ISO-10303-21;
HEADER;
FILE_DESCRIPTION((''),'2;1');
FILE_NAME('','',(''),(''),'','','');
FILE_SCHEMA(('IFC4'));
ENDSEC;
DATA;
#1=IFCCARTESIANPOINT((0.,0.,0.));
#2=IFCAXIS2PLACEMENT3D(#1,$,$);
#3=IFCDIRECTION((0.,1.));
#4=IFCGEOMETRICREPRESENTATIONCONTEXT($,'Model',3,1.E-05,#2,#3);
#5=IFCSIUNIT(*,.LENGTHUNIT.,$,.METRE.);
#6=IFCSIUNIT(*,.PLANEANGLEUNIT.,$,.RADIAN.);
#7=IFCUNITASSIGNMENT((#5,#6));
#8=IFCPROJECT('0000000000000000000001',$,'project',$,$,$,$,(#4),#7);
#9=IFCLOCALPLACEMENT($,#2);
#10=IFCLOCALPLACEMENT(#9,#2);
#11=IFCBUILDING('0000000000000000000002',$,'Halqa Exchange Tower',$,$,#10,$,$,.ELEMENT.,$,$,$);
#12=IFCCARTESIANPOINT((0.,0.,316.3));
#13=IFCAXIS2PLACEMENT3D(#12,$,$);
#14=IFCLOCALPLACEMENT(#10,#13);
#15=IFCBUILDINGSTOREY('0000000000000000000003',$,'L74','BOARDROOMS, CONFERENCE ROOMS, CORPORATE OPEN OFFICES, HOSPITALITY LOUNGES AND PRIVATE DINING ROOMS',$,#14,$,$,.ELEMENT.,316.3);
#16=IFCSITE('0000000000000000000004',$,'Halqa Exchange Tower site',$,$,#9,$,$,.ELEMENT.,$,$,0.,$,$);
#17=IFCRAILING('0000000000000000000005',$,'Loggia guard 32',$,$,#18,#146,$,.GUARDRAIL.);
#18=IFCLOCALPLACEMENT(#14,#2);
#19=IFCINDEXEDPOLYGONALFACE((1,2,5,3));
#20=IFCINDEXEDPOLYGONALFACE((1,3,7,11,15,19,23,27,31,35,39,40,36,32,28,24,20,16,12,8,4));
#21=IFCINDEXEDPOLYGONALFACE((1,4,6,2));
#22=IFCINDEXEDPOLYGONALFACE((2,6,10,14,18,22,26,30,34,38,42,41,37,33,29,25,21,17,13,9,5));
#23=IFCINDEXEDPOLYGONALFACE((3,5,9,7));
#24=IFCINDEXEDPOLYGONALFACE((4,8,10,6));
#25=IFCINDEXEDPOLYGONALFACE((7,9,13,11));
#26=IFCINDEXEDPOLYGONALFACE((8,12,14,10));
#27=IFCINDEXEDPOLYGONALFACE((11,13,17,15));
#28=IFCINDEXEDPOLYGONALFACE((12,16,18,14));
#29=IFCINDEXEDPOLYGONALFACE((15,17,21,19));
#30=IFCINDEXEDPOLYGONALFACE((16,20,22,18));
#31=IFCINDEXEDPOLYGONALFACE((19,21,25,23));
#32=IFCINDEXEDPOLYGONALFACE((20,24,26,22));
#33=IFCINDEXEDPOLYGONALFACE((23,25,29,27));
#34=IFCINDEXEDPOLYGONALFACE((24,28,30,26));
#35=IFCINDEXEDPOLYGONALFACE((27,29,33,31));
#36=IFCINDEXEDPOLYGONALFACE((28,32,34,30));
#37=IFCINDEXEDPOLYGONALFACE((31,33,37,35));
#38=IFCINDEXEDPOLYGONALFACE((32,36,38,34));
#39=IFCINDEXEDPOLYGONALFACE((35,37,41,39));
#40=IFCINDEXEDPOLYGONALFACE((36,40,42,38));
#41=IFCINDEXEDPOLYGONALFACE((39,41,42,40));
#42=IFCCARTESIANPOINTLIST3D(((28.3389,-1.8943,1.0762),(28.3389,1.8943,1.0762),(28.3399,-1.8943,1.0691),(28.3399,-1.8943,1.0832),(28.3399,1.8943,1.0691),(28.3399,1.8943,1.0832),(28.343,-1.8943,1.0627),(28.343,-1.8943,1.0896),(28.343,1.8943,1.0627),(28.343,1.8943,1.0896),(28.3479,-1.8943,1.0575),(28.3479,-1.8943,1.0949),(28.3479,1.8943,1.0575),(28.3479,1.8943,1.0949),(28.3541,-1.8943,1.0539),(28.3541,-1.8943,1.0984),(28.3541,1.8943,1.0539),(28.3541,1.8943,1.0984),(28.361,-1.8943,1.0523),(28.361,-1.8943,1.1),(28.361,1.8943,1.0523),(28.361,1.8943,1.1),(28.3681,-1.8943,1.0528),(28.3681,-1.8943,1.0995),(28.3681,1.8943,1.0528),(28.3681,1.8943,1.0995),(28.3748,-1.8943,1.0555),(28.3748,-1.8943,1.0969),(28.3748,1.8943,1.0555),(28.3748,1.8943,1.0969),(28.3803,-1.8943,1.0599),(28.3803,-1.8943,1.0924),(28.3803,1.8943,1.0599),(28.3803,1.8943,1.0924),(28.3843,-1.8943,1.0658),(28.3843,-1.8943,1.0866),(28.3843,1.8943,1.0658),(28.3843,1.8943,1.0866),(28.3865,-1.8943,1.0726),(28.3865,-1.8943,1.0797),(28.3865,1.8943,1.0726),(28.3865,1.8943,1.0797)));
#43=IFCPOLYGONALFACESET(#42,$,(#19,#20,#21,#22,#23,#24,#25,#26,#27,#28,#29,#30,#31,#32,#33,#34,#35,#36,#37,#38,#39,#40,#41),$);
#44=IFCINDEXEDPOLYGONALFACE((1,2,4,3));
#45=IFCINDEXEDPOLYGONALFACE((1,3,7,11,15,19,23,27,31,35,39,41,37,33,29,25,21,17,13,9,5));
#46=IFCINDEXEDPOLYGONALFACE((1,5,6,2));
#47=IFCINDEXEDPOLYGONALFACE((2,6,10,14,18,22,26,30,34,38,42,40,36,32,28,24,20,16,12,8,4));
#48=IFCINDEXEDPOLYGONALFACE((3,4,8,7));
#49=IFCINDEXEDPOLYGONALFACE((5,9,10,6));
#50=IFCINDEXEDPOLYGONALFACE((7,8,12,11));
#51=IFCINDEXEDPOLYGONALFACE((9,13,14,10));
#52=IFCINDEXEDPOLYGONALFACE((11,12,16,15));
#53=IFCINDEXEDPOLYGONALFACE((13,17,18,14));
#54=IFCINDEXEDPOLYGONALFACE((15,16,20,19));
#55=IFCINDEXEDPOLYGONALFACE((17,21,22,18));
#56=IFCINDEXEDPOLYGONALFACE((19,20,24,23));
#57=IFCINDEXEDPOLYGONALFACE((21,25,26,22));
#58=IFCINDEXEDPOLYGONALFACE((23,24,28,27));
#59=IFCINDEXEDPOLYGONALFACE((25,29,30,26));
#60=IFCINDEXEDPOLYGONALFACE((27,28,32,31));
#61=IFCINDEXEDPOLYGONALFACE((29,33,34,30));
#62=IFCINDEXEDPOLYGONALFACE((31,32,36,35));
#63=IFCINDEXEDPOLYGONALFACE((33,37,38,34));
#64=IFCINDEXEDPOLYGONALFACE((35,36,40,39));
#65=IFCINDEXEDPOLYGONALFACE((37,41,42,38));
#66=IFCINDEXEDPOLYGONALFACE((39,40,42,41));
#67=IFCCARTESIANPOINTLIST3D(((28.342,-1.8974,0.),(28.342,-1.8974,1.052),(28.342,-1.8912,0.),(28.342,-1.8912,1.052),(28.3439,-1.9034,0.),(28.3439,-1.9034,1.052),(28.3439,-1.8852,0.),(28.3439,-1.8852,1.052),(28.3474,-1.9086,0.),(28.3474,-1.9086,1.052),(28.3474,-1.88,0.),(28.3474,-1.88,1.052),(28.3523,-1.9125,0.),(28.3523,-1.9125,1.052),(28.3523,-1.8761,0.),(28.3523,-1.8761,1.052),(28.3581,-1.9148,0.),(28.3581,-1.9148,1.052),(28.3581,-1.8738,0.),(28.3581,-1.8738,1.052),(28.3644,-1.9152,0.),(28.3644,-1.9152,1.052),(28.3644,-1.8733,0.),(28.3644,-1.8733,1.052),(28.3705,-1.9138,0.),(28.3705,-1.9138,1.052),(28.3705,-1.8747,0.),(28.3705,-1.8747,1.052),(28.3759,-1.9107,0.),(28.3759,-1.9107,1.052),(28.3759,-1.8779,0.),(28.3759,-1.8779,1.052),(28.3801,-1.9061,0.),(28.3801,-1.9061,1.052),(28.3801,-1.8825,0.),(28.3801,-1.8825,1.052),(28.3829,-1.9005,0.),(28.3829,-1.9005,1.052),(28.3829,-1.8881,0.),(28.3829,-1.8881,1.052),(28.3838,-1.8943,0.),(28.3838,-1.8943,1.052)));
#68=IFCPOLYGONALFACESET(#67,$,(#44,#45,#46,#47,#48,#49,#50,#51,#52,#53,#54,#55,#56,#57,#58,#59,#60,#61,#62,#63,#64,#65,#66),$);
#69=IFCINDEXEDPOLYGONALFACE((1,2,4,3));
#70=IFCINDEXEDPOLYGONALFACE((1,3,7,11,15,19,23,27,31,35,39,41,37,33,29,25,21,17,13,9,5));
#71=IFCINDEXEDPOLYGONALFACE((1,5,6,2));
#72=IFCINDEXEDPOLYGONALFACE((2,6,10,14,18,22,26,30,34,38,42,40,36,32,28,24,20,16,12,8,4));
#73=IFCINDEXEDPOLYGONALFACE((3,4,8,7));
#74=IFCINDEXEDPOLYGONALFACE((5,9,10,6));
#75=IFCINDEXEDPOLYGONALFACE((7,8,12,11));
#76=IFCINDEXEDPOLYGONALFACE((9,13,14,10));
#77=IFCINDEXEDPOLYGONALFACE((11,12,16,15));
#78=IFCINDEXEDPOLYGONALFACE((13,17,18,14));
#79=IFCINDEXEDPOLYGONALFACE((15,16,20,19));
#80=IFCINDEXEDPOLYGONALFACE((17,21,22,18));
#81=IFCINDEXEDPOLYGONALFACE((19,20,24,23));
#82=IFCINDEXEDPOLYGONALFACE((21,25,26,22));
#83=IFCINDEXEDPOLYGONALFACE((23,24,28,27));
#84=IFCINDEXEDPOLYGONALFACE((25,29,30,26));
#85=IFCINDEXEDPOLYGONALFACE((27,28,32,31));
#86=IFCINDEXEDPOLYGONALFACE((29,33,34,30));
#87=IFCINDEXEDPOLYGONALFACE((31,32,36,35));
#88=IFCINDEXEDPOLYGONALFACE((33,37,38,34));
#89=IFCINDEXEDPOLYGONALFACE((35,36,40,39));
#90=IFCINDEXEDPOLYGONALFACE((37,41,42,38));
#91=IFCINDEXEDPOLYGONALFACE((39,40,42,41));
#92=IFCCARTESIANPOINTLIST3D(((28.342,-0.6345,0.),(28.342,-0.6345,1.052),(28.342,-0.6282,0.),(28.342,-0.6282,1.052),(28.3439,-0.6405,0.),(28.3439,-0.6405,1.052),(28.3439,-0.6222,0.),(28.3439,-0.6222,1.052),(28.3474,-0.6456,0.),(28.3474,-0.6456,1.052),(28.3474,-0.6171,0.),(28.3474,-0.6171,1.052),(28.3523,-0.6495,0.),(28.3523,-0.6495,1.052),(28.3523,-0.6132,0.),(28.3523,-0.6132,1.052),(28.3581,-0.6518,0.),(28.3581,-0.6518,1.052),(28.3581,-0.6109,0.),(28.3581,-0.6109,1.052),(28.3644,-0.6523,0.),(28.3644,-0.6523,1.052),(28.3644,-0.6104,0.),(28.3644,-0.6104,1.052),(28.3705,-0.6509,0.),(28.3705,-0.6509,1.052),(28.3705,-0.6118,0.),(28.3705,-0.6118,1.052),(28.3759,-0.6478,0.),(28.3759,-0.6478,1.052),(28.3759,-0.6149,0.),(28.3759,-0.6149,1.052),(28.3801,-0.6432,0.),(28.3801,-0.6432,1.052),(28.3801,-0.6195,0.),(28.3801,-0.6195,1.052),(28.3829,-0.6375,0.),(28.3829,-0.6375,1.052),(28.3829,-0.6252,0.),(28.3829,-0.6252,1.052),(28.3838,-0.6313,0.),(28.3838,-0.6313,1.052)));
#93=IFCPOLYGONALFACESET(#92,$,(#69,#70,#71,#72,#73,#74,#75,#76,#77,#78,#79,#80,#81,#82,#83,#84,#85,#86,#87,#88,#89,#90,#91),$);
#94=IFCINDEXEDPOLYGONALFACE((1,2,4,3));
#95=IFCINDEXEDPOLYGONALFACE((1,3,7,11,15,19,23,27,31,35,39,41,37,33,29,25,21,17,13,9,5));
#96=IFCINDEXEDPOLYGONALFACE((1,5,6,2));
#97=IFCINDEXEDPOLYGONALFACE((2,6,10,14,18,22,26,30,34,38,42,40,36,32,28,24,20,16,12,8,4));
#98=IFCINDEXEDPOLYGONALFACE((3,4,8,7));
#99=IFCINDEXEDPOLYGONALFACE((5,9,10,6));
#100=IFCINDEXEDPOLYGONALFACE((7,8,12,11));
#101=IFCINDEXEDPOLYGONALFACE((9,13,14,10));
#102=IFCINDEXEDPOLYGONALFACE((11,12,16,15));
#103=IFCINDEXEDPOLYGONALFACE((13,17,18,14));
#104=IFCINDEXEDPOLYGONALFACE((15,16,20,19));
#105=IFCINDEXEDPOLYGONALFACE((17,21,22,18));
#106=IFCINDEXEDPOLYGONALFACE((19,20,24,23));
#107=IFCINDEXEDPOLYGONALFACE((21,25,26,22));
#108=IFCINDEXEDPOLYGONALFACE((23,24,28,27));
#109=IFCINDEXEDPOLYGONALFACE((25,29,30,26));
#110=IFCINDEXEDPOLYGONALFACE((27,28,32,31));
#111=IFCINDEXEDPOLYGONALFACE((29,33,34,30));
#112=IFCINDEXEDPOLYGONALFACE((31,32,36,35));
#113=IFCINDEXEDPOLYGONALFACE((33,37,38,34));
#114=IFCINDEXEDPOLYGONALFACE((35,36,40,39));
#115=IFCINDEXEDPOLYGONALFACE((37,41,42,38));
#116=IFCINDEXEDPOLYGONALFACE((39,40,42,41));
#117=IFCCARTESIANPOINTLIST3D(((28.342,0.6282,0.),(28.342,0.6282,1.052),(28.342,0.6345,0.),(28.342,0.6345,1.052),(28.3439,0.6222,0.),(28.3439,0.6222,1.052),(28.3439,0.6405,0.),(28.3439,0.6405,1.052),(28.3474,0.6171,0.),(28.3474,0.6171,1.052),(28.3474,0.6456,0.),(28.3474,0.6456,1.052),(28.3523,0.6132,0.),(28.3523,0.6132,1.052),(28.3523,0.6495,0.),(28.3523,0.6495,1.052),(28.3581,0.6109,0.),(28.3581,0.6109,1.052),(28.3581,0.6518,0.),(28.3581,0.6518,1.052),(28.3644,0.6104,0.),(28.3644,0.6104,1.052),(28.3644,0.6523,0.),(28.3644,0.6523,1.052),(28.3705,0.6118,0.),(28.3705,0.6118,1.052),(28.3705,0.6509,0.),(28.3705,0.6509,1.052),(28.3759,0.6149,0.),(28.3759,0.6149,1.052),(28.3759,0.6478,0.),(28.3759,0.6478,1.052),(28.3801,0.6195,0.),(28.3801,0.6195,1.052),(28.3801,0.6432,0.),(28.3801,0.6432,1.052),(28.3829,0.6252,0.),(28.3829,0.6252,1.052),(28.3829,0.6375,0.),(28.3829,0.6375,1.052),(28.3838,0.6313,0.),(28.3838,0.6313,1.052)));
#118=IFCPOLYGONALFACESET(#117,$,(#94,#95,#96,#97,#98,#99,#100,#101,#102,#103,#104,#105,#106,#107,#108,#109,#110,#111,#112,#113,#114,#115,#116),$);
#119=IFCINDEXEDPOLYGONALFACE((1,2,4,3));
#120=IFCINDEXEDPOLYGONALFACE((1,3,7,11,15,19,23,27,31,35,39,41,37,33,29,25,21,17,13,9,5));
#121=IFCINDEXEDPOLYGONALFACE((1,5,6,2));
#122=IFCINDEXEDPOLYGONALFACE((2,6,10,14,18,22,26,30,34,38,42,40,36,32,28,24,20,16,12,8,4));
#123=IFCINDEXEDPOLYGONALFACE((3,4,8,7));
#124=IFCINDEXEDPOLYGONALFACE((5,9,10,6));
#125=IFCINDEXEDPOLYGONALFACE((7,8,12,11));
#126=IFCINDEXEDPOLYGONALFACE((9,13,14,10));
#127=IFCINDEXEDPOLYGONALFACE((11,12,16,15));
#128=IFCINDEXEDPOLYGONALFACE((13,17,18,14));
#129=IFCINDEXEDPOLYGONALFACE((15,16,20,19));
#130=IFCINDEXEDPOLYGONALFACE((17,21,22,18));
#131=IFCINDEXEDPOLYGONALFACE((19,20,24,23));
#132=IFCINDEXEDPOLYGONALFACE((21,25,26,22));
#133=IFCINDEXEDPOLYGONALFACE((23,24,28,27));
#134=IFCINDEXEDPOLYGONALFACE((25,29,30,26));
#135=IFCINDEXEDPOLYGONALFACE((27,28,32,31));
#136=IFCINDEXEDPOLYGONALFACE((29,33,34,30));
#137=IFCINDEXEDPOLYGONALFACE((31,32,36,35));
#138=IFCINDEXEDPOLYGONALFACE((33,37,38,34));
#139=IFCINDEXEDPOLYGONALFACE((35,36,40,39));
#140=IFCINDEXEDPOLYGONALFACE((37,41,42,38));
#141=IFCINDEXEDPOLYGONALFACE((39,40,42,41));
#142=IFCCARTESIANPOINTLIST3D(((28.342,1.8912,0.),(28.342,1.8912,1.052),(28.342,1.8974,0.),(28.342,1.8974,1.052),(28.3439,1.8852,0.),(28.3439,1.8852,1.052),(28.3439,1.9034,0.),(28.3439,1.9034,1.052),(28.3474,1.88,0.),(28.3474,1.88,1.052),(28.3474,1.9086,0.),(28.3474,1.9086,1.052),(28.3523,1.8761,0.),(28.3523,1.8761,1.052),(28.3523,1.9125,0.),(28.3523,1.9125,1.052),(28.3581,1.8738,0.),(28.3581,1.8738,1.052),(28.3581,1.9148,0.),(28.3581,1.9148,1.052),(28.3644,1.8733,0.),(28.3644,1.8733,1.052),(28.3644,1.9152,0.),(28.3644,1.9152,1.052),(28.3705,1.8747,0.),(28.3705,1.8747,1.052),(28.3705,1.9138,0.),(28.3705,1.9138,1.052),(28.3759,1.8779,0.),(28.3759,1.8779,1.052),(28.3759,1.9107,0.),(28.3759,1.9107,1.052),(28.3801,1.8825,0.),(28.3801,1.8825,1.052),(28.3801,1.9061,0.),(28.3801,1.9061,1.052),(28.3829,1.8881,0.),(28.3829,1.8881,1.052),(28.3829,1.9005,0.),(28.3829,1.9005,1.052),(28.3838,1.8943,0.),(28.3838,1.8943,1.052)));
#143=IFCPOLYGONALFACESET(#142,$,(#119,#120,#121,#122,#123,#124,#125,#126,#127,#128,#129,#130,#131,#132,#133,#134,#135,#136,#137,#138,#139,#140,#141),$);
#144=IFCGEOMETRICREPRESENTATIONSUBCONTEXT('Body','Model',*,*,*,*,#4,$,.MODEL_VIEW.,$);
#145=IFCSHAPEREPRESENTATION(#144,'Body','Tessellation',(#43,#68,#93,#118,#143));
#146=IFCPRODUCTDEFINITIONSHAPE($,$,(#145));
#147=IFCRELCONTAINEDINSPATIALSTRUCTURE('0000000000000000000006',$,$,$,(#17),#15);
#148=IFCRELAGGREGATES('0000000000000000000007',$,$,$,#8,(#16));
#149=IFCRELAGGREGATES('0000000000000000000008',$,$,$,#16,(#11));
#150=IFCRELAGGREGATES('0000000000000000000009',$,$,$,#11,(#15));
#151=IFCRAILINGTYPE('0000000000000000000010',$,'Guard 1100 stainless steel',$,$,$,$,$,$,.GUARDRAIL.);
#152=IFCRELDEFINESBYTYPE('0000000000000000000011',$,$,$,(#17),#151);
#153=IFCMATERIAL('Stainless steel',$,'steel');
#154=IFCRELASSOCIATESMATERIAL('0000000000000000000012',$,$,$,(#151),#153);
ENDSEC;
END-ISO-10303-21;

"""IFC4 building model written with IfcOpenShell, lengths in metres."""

from ifc_helpers import new_model, si_unit, direction, frame, origin, origin_2d, place, context, subcontext, project, spatial, circle, extrude, material, type_object, element, save


model = new_model("IFC4")

# Units and contexts
model_context = context("Model", 3, precision=1e-05, world=origin(), true_north=direction((0.0, 1.0)))
body_context = subcontext(model_context, "Body", "Model", "MODEL_VIEW")
ifc_project = project(units=[si_unit("LENGTHUNIT", "METRE"), si_unit("PLANEANGLEUNIT", "RADIAN")], contexts=[model_context])

# Site, building, storey
site_placement = place(None, origin())
site = spatial("IfcSite", under=ifc_project, at=site_placement, Name="Halqa Exchange Tower site", CompositionType="ELEMENT", RefElevation=0.0)
building_placement = place(site_placement, origin())
building = spatial("IfcBuilding", under=site, at=building_placement, Name="Halqa Exchange Tower", CompositionType="ELEMENT")
storey_placement = place(building_placement, frame((0.0, 0.0, 316.3)))
storey = spatial("IfcBuildingStorey", under=building, at=storey_placement, Name="L74", Description="BOARDROOMS, CONFERENCE ROOMS, CORPORATE OPEN OFFICES, HOSPITALITY LOUNGES AND PRIVATE DINING ROOMS", CompositionType="ELEMENT", Elevation=316.3)

# Railing
ifc_material_1 = material(Name="Stainless steel", Category="steel")
railing_type = type_object("IfcRailingType", Name="Guard 1100 stainless steel", PredefinedType="GUARDRAIL", material=ifc_material_1)
railing_1_placement = place(storey_placement, frame((28.3628, -1.8943, 0.0)))
element("IfcRailing", 1, at=railing_1_placement, inside=storey, type_object=railing_type, Name="Loggia guard 32", PredefinedType="GUARDRAIL", context=body_context, shape_type="SweptSolid", body=[
    extrude(circle(Radius=0.0239, at=origin_2d()), frame((0.0, 0.0, 1.0762), z_axis=(0.0, 1.0, 0.0), x_axis=(-1.0, 0.0, 0.0)), (0.0, 0.0, 1.0), 3.7886),
    extrude(circle(Radius=0.021, at=origin_2d()), origin(), (0.0, 0.0, 1.0), 1.052),
    extrude(circle(Radius=0.021, at=origin_2d()), frame((0.0, 1.2629, 0.0)), (0.0, 0.0, 1.0), 1.052),
    extrude(circle(Radius=0.021, at=origin_2d()), frame((0.0, 2.5256, 0.0)), (0.0, 0.0, 1.0), 1.052),
    extrude(circle(Radius=0.021, at=origin_2d()), frame((0.0, 3.7886, 0.0)), (0.0, 0.0, 1.0), 1.052),
])

save(model, "model.ifc")
